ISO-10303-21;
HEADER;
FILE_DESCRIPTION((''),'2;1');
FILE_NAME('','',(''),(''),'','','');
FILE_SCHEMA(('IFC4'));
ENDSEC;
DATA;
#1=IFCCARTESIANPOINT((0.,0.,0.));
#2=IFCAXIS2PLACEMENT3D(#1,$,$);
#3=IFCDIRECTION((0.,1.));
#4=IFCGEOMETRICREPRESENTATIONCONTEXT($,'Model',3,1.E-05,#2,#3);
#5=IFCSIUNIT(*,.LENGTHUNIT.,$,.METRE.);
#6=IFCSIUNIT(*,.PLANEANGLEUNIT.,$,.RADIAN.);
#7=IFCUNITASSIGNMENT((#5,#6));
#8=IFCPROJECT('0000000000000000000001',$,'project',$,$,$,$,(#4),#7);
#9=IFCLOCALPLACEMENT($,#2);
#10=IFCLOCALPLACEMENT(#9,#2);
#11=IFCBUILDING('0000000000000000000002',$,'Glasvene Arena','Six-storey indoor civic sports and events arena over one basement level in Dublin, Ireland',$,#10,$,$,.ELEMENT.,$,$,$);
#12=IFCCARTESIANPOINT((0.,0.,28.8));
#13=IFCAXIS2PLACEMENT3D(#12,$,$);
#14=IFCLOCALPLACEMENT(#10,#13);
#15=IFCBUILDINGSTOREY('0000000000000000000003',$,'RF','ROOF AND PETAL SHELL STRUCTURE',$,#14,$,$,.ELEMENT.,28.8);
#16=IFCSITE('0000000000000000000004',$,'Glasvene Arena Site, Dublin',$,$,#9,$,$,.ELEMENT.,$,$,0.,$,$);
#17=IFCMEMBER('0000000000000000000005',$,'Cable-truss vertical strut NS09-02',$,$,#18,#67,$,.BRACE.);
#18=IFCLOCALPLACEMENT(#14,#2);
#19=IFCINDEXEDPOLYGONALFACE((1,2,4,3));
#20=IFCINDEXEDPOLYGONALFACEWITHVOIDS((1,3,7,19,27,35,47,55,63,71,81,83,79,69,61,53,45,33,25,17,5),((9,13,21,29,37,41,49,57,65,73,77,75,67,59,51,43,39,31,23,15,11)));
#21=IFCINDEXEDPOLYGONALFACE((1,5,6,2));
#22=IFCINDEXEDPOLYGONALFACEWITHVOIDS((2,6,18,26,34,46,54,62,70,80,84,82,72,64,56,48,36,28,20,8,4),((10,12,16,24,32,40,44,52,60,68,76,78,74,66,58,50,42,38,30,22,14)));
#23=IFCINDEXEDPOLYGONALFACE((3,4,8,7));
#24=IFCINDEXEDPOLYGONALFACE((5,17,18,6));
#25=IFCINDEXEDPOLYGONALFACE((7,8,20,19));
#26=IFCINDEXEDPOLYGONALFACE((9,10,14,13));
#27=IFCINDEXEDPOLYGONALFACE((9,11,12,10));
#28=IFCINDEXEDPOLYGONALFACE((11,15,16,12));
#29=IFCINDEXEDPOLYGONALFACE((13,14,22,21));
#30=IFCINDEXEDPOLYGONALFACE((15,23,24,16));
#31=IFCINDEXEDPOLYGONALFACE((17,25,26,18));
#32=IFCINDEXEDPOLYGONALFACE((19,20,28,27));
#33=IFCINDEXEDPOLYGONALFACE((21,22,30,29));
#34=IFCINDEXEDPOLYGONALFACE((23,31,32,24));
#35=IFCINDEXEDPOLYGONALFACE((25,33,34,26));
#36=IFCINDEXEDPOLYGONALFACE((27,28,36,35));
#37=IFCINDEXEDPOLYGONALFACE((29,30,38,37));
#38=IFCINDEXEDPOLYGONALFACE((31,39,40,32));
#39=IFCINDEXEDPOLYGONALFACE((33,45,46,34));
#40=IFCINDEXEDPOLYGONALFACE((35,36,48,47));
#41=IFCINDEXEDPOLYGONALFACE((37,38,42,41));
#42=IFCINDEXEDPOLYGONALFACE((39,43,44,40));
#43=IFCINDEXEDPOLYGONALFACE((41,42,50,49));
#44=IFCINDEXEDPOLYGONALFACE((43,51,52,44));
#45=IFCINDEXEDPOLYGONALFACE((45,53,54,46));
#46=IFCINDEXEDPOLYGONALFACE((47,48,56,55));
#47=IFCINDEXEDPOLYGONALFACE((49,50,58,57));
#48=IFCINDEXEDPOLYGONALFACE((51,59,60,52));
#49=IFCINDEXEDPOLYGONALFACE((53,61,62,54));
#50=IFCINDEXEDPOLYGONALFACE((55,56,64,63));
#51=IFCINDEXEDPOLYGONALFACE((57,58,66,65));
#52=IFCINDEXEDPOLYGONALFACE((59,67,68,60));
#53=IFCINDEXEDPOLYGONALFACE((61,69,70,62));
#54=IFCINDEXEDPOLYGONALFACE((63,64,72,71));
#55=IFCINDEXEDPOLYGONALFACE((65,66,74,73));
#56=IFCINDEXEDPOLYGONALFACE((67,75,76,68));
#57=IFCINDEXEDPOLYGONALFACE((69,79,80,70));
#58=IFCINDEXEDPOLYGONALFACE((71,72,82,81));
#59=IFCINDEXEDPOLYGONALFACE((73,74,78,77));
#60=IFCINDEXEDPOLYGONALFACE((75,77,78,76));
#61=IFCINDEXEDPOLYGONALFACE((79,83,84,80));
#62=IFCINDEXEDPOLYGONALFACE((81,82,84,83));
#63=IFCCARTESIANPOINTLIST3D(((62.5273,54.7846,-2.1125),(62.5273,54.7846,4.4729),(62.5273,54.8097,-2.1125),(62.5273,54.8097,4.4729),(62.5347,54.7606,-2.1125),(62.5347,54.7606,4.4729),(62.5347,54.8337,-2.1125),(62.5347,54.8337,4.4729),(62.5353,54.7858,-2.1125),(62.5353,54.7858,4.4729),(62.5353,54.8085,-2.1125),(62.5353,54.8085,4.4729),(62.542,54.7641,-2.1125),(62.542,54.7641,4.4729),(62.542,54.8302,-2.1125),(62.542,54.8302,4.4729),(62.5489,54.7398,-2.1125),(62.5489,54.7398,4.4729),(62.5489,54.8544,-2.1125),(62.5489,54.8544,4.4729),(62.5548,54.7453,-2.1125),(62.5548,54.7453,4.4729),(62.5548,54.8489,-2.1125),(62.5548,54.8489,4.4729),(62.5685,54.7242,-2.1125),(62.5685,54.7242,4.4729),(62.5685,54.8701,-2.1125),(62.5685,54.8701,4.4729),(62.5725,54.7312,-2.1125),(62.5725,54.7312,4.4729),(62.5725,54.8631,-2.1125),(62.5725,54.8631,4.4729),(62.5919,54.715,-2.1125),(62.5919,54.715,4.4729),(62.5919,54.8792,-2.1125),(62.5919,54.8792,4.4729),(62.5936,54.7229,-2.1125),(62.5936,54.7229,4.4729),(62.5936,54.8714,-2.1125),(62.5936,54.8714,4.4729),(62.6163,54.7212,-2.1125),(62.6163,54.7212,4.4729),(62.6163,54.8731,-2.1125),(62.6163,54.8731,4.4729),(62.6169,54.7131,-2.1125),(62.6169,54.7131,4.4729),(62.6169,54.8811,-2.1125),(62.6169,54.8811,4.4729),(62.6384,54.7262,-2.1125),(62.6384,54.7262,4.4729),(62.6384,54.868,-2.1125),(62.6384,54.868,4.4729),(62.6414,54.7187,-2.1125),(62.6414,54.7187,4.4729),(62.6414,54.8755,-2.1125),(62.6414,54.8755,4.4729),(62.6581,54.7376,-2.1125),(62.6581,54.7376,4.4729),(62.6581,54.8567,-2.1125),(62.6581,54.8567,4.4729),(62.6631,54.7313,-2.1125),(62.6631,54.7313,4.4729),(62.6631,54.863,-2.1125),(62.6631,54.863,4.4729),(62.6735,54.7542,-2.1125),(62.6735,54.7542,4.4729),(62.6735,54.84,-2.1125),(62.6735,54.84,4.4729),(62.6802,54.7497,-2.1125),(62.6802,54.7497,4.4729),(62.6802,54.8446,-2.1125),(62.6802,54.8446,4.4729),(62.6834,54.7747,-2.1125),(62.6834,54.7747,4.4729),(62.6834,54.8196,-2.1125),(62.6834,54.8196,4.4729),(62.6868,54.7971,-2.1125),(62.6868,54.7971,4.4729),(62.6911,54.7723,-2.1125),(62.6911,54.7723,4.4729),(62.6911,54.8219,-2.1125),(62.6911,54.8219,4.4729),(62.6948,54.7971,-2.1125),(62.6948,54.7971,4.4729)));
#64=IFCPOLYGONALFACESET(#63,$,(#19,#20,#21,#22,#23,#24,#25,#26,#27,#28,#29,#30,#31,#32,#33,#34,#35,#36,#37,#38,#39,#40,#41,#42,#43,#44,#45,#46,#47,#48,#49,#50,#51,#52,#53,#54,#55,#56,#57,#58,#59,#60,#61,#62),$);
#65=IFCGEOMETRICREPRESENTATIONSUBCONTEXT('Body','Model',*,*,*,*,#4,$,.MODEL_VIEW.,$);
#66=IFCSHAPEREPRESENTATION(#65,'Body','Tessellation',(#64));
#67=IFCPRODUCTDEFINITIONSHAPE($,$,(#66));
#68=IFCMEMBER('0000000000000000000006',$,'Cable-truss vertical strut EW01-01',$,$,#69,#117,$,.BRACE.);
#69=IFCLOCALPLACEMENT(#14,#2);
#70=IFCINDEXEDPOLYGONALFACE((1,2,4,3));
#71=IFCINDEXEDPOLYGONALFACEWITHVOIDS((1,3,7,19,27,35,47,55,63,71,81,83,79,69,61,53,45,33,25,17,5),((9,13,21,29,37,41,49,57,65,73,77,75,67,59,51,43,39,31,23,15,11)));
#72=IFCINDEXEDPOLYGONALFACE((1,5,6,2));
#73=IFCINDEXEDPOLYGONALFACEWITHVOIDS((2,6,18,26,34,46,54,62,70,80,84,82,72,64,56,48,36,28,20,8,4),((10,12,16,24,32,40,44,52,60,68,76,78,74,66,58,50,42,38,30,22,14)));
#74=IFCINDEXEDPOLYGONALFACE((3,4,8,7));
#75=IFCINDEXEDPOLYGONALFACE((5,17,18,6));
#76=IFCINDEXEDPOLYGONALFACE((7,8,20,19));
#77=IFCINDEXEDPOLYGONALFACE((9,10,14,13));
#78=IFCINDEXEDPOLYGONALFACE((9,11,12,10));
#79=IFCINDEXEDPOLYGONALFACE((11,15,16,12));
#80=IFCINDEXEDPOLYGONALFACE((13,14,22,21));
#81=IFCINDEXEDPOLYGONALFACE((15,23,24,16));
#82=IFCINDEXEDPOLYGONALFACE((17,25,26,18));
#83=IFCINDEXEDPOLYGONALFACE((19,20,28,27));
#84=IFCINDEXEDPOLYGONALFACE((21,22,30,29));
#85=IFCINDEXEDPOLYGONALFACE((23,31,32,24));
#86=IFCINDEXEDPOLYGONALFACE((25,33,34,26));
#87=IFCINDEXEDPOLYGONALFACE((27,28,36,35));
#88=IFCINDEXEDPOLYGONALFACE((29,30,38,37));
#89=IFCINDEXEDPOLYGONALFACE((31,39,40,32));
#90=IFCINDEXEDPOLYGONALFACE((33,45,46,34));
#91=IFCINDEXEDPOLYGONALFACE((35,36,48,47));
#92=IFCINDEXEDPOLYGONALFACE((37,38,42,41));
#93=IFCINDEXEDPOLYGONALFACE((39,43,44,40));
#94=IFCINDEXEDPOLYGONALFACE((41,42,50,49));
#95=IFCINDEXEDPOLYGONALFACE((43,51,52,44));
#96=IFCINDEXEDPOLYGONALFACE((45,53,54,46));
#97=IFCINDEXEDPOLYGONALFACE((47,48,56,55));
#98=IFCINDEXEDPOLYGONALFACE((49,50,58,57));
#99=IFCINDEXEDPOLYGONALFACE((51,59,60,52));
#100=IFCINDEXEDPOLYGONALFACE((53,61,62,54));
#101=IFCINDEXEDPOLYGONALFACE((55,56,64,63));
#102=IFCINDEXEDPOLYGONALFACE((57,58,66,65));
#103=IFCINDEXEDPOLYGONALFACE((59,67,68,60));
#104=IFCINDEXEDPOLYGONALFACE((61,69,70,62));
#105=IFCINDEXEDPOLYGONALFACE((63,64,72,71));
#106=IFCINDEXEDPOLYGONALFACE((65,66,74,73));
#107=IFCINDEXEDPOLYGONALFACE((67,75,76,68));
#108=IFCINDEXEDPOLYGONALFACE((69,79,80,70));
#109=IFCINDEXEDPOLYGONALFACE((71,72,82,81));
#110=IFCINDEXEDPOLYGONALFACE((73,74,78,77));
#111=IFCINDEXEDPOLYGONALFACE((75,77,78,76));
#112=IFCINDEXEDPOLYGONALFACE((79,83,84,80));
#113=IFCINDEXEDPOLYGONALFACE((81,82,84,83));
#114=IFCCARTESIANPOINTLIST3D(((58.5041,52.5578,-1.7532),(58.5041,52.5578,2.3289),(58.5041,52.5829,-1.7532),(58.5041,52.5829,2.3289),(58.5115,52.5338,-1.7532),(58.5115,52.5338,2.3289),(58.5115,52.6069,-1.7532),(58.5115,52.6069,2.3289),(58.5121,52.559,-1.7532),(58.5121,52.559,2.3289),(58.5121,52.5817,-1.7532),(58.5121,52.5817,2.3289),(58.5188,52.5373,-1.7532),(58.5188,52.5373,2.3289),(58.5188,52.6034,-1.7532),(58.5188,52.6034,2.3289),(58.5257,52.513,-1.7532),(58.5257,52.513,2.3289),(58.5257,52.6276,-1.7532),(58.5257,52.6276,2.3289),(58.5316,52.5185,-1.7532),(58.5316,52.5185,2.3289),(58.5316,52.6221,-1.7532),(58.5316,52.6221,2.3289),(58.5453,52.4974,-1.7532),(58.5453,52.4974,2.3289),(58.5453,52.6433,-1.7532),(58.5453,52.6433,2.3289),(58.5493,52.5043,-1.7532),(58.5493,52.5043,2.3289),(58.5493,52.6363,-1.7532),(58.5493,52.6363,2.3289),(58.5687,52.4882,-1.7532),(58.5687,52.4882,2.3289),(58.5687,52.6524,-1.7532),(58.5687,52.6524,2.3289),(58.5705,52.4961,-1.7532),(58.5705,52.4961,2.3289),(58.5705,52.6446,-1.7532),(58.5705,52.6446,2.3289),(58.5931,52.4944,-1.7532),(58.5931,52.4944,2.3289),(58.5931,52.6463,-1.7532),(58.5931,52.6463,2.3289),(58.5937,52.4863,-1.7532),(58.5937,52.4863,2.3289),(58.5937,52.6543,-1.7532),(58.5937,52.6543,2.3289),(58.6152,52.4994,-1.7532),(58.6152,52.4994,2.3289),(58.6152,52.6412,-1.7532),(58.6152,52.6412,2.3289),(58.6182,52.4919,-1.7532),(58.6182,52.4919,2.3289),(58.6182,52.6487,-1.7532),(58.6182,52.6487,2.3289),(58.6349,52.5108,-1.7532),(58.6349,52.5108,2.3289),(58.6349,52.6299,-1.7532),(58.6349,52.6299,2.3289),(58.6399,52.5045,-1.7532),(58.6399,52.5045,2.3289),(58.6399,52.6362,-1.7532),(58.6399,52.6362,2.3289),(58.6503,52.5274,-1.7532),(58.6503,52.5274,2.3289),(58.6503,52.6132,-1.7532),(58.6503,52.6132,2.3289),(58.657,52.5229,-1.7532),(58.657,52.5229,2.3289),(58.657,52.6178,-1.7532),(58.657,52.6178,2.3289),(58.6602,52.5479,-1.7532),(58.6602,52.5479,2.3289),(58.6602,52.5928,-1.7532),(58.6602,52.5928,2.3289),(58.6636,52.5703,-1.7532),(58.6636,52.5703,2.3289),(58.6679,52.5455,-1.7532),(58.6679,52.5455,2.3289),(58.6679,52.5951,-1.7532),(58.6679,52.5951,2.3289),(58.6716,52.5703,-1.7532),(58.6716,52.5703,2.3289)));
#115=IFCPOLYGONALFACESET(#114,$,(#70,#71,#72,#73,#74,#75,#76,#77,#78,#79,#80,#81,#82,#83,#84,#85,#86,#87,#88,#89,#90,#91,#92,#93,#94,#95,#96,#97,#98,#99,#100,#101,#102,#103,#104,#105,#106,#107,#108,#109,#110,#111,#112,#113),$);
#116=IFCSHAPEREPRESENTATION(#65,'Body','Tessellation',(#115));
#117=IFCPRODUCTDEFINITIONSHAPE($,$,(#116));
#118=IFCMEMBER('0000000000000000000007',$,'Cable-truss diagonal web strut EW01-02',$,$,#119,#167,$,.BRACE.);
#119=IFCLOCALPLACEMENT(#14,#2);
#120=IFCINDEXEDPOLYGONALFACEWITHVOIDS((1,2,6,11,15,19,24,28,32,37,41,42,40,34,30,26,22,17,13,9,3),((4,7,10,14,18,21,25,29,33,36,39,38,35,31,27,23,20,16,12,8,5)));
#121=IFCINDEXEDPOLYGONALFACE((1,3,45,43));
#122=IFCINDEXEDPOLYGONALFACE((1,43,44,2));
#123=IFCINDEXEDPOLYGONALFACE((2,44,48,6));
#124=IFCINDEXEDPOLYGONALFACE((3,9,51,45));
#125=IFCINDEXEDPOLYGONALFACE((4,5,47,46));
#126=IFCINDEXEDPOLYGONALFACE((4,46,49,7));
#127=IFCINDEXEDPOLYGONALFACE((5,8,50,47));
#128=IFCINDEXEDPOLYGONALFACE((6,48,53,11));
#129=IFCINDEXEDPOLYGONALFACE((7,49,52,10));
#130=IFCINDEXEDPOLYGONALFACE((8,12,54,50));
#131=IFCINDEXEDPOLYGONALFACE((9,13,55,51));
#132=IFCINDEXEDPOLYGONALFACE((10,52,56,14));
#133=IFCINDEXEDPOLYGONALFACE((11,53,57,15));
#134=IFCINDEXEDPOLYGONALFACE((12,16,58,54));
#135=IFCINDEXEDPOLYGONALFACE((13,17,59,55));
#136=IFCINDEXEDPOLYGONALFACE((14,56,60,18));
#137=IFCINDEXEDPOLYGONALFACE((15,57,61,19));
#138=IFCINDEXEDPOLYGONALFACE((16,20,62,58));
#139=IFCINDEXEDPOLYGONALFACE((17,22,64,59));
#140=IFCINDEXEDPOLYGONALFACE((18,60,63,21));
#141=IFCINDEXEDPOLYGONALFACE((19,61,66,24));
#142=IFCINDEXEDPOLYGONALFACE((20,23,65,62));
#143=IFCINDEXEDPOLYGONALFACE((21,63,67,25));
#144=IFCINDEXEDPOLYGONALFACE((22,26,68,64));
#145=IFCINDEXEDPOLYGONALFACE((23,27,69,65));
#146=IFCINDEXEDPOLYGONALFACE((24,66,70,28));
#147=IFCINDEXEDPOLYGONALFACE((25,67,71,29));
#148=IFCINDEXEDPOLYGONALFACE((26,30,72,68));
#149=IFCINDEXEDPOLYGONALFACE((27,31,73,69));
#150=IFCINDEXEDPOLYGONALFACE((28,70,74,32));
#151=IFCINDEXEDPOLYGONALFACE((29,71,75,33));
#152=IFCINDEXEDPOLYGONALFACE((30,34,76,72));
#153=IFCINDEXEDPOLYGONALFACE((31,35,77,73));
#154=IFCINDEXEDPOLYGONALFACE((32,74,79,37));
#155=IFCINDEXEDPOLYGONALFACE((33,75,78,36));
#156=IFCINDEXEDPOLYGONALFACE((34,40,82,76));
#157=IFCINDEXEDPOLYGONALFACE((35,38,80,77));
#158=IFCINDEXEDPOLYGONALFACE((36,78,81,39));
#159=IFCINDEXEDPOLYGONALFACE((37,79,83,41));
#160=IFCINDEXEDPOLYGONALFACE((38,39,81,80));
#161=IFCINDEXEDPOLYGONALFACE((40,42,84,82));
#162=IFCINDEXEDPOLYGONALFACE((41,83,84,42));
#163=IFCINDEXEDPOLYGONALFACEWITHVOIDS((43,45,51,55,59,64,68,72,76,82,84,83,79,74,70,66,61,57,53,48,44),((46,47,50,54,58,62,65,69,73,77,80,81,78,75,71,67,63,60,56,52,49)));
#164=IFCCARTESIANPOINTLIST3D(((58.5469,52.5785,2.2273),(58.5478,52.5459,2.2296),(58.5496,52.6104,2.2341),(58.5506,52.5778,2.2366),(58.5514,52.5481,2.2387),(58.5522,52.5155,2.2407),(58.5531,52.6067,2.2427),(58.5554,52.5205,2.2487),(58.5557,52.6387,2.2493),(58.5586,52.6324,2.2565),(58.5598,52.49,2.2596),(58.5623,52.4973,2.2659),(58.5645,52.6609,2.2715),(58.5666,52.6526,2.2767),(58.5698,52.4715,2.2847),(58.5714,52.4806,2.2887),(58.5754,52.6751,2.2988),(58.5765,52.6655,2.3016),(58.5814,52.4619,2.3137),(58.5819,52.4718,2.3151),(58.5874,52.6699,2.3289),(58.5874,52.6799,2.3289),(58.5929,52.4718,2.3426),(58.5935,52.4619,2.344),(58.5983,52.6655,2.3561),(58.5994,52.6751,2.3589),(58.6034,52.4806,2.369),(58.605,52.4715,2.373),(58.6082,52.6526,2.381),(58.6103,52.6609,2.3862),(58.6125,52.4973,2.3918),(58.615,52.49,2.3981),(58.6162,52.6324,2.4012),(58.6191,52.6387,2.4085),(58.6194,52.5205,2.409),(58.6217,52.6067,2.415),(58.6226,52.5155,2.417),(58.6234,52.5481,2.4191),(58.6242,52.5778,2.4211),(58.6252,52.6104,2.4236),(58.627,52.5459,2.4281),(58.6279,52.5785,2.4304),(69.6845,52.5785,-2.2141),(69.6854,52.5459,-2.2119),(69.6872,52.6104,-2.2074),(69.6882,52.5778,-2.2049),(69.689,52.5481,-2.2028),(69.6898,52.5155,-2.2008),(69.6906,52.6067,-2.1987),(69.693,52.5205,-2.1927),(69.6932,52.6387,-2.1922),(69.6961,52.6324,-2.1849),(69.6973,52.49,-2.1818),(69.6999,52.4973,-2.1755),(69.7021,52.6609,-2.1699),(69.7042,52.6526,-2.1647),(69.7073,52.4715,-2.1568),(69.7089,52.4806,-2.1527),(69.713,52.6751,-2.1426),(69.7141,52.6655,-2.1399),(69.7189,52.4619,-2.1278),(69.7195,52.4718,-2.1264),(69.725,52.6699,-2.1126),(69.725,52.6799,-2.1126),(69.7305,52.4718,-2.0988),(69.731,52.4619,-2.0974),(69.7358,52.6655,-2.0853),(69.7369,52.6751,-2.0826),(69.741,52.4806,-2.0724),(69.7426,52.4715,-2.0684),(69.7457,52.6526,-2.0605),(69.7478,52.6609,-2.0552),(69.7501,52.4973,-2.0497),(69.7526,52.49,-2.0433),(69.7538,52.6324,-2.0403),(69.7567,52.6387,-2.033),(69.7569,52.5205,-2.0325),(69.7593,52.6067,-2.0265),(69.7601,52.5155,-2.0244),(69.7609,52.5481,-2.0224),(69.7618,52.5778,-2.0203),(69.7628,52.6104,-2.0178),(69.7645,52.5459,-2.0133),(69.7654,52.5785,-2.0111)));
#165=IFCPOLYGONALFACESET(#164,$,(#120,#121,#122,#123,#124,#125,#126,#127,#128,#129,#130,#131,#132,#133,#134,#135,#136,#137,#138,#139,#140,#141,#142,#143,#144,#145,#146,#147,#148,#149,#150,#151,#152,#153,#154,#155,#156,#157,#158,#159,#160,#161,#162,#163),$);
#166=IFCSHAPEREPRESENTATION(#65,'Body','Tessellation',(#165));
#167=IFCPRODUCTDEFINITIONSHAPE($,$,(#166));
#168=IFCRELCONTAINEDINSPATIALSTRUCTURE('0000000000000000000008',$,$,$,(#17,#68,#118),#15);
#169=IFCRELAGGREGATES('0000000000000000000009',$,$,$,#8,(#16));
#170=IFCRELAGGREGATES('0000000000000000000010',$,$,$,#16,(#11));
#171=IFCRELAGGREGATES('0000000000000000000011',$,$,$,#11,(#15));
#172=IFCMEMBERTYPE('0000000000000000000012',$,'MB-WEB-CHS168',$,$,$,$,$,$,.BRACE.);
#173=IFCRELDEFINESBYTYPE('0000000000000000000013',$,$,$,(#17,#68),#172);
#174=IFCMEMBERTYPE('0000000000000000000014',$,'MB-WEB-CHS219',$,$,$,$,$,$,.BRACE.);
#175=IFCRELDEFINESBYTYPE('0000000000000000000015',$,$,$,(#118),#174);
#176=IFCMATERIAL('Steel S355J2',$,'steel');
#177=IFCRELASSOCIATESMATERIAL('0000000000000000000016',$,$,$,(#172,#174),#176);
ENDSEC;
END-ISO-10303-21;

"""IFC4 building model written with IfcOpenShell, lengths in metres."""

from ifc_helpers import new_model, si_unit, direction, frame, origin, origin_2d, place, context, subcontext, project, spatial, hollow_circle, extrude, material, material_profile, profile_set, type_object, element, save


model = new_model("IFC4")

# Units and contexts
model_context = context("Model", 3, precision=1e-05, world=origin(), true_north=direction((0.0, 1.0)))
body_context = subcontext(model_context, "Body", "Model", "MODEL_VIEW")
ifc_project = project(units=[si_unit("LENGTHUNIT", "METRE"), si_unit("PLANEANGLEUNIT", "RADIAN")], contexts=[model_context])

# Site, building, storey
site_placement = place(None, origin())
site = spatial("IfcSite", under=ifc_project, at=site_placement, Name="Glasvene Arena Site, Dublin", CompositionType="ELEMENT", RefElevation=0.0)
building_placement = place(site_placement, origin())
building = spatial("IfcBuilding", under=site, at=building_placement, Name="Glasvene Arena", Description="Six-storey indoor civic sports and events arena over one basement level in Dublin, Ireland", CompositionType="ELEMENT")
storey_placement = place(building_placement, frame((0.0, 0.0, 28.8)))
storey = spatial("IfcBuildingStorey", under=building, at=storey_placement, Name="RF", Description="ROOF AND PETAL SHELL STRUCTURE", CompositionType="ELEMENT", Elevation=28.8)

# Members
ifc_material_1 = material(Name="Steel S355J2", Category="steel")
ifc_material_profile_1 = material_profile(ifc_material_1, hollow_circle(Radius=0.0842, WallThickness=0.0081, at=origin_2d()), Name="CHS 168.3x8.0")
ifc_profile_set_1 = profile_set([ifc_material_profile_1], Name="Steel S355J2")
member_type_1 = type_object("IfcMemberType", Name="MB-WEB-CHS168", PredefinedType="BRACE", material=ifc_profile_set_1)
member_1_placement = place(storey_placement, frame((62.6106, 54.7971, -2.1125), z_axis=(0.0, 0.0, 1.0), x_axis=(1.0, 0.0, 0.0)))
element("IfcMember", 1, at=member_1_placement, inside=storey, type_object=member_type_1, Name="Cable-truss vertical strut NS09-02", PredefinedType="BRACE", context=body_context, shape_type="SweptSolid", body=[
    extrude(hollow_circle(Radius=0.0842, WallThickness=0.0081, at=origin_2d()), origin(), (0.0, 0.0, 1.0), 6.5854),
])
member_2_placement = place(storey_placement, frame((58.5874, 52.5703, -1.7532), z_axis=(0.0, 0.0, 1.0), x_axis=(1.0, 0.0, 0.0)))
element("IfcMember", 2, at=member_2_placement, inside=storey, type_object=member_type_1, Name="Cable-truss vertical strut EW01-01", PredefinedType="BRACE", context=body_context, shape_type="SweptSolid", body=[
    extrude(hollow_circle(Radius=0.0842, WallThickness=0.0081, at=origin_2d()), origin(), (0.0, 0.0, 1.0), 4.082),
])
ifc_material_profile_2 = material_profile(ifc_material_1, hollow_circle(Radius=0.1096, WallThickness=0.01, at=origin_2d()), Name="CHS 219.1x10.0")
ifc_profile_set_2 = profile_set([ifc_material_profile_2], Name="Steel S355J2")
member_type_2 = type_object("IfcMemberType", Name="MB-WEB-CHS219", PredefinedType="BRACE", material=ifc_profile_set_2)
member_3_placement = place(storey_placement, frame((58.5874, 52.5703, 2.3289), z_axis=(0.928867, 0.0, -0.370415), x_axis=(0.0, 1.0, 0.0)))
element("IfcMember", 3, at=member_3_placement, inside=storey, type_object=member_type_2, Name="Cable-truss diagonal web strut EW01-02", PredefinedType="BRACE", context=body_context, shape_type="SweptSolid", body=[
    extrude(hollow_circle(Radius=0.1096, WallThickness=0.01, at=origin_2d()), origin(), (0.0, 0.0, 1.0), 11.9905),
])

save(model, "model.ifc")
